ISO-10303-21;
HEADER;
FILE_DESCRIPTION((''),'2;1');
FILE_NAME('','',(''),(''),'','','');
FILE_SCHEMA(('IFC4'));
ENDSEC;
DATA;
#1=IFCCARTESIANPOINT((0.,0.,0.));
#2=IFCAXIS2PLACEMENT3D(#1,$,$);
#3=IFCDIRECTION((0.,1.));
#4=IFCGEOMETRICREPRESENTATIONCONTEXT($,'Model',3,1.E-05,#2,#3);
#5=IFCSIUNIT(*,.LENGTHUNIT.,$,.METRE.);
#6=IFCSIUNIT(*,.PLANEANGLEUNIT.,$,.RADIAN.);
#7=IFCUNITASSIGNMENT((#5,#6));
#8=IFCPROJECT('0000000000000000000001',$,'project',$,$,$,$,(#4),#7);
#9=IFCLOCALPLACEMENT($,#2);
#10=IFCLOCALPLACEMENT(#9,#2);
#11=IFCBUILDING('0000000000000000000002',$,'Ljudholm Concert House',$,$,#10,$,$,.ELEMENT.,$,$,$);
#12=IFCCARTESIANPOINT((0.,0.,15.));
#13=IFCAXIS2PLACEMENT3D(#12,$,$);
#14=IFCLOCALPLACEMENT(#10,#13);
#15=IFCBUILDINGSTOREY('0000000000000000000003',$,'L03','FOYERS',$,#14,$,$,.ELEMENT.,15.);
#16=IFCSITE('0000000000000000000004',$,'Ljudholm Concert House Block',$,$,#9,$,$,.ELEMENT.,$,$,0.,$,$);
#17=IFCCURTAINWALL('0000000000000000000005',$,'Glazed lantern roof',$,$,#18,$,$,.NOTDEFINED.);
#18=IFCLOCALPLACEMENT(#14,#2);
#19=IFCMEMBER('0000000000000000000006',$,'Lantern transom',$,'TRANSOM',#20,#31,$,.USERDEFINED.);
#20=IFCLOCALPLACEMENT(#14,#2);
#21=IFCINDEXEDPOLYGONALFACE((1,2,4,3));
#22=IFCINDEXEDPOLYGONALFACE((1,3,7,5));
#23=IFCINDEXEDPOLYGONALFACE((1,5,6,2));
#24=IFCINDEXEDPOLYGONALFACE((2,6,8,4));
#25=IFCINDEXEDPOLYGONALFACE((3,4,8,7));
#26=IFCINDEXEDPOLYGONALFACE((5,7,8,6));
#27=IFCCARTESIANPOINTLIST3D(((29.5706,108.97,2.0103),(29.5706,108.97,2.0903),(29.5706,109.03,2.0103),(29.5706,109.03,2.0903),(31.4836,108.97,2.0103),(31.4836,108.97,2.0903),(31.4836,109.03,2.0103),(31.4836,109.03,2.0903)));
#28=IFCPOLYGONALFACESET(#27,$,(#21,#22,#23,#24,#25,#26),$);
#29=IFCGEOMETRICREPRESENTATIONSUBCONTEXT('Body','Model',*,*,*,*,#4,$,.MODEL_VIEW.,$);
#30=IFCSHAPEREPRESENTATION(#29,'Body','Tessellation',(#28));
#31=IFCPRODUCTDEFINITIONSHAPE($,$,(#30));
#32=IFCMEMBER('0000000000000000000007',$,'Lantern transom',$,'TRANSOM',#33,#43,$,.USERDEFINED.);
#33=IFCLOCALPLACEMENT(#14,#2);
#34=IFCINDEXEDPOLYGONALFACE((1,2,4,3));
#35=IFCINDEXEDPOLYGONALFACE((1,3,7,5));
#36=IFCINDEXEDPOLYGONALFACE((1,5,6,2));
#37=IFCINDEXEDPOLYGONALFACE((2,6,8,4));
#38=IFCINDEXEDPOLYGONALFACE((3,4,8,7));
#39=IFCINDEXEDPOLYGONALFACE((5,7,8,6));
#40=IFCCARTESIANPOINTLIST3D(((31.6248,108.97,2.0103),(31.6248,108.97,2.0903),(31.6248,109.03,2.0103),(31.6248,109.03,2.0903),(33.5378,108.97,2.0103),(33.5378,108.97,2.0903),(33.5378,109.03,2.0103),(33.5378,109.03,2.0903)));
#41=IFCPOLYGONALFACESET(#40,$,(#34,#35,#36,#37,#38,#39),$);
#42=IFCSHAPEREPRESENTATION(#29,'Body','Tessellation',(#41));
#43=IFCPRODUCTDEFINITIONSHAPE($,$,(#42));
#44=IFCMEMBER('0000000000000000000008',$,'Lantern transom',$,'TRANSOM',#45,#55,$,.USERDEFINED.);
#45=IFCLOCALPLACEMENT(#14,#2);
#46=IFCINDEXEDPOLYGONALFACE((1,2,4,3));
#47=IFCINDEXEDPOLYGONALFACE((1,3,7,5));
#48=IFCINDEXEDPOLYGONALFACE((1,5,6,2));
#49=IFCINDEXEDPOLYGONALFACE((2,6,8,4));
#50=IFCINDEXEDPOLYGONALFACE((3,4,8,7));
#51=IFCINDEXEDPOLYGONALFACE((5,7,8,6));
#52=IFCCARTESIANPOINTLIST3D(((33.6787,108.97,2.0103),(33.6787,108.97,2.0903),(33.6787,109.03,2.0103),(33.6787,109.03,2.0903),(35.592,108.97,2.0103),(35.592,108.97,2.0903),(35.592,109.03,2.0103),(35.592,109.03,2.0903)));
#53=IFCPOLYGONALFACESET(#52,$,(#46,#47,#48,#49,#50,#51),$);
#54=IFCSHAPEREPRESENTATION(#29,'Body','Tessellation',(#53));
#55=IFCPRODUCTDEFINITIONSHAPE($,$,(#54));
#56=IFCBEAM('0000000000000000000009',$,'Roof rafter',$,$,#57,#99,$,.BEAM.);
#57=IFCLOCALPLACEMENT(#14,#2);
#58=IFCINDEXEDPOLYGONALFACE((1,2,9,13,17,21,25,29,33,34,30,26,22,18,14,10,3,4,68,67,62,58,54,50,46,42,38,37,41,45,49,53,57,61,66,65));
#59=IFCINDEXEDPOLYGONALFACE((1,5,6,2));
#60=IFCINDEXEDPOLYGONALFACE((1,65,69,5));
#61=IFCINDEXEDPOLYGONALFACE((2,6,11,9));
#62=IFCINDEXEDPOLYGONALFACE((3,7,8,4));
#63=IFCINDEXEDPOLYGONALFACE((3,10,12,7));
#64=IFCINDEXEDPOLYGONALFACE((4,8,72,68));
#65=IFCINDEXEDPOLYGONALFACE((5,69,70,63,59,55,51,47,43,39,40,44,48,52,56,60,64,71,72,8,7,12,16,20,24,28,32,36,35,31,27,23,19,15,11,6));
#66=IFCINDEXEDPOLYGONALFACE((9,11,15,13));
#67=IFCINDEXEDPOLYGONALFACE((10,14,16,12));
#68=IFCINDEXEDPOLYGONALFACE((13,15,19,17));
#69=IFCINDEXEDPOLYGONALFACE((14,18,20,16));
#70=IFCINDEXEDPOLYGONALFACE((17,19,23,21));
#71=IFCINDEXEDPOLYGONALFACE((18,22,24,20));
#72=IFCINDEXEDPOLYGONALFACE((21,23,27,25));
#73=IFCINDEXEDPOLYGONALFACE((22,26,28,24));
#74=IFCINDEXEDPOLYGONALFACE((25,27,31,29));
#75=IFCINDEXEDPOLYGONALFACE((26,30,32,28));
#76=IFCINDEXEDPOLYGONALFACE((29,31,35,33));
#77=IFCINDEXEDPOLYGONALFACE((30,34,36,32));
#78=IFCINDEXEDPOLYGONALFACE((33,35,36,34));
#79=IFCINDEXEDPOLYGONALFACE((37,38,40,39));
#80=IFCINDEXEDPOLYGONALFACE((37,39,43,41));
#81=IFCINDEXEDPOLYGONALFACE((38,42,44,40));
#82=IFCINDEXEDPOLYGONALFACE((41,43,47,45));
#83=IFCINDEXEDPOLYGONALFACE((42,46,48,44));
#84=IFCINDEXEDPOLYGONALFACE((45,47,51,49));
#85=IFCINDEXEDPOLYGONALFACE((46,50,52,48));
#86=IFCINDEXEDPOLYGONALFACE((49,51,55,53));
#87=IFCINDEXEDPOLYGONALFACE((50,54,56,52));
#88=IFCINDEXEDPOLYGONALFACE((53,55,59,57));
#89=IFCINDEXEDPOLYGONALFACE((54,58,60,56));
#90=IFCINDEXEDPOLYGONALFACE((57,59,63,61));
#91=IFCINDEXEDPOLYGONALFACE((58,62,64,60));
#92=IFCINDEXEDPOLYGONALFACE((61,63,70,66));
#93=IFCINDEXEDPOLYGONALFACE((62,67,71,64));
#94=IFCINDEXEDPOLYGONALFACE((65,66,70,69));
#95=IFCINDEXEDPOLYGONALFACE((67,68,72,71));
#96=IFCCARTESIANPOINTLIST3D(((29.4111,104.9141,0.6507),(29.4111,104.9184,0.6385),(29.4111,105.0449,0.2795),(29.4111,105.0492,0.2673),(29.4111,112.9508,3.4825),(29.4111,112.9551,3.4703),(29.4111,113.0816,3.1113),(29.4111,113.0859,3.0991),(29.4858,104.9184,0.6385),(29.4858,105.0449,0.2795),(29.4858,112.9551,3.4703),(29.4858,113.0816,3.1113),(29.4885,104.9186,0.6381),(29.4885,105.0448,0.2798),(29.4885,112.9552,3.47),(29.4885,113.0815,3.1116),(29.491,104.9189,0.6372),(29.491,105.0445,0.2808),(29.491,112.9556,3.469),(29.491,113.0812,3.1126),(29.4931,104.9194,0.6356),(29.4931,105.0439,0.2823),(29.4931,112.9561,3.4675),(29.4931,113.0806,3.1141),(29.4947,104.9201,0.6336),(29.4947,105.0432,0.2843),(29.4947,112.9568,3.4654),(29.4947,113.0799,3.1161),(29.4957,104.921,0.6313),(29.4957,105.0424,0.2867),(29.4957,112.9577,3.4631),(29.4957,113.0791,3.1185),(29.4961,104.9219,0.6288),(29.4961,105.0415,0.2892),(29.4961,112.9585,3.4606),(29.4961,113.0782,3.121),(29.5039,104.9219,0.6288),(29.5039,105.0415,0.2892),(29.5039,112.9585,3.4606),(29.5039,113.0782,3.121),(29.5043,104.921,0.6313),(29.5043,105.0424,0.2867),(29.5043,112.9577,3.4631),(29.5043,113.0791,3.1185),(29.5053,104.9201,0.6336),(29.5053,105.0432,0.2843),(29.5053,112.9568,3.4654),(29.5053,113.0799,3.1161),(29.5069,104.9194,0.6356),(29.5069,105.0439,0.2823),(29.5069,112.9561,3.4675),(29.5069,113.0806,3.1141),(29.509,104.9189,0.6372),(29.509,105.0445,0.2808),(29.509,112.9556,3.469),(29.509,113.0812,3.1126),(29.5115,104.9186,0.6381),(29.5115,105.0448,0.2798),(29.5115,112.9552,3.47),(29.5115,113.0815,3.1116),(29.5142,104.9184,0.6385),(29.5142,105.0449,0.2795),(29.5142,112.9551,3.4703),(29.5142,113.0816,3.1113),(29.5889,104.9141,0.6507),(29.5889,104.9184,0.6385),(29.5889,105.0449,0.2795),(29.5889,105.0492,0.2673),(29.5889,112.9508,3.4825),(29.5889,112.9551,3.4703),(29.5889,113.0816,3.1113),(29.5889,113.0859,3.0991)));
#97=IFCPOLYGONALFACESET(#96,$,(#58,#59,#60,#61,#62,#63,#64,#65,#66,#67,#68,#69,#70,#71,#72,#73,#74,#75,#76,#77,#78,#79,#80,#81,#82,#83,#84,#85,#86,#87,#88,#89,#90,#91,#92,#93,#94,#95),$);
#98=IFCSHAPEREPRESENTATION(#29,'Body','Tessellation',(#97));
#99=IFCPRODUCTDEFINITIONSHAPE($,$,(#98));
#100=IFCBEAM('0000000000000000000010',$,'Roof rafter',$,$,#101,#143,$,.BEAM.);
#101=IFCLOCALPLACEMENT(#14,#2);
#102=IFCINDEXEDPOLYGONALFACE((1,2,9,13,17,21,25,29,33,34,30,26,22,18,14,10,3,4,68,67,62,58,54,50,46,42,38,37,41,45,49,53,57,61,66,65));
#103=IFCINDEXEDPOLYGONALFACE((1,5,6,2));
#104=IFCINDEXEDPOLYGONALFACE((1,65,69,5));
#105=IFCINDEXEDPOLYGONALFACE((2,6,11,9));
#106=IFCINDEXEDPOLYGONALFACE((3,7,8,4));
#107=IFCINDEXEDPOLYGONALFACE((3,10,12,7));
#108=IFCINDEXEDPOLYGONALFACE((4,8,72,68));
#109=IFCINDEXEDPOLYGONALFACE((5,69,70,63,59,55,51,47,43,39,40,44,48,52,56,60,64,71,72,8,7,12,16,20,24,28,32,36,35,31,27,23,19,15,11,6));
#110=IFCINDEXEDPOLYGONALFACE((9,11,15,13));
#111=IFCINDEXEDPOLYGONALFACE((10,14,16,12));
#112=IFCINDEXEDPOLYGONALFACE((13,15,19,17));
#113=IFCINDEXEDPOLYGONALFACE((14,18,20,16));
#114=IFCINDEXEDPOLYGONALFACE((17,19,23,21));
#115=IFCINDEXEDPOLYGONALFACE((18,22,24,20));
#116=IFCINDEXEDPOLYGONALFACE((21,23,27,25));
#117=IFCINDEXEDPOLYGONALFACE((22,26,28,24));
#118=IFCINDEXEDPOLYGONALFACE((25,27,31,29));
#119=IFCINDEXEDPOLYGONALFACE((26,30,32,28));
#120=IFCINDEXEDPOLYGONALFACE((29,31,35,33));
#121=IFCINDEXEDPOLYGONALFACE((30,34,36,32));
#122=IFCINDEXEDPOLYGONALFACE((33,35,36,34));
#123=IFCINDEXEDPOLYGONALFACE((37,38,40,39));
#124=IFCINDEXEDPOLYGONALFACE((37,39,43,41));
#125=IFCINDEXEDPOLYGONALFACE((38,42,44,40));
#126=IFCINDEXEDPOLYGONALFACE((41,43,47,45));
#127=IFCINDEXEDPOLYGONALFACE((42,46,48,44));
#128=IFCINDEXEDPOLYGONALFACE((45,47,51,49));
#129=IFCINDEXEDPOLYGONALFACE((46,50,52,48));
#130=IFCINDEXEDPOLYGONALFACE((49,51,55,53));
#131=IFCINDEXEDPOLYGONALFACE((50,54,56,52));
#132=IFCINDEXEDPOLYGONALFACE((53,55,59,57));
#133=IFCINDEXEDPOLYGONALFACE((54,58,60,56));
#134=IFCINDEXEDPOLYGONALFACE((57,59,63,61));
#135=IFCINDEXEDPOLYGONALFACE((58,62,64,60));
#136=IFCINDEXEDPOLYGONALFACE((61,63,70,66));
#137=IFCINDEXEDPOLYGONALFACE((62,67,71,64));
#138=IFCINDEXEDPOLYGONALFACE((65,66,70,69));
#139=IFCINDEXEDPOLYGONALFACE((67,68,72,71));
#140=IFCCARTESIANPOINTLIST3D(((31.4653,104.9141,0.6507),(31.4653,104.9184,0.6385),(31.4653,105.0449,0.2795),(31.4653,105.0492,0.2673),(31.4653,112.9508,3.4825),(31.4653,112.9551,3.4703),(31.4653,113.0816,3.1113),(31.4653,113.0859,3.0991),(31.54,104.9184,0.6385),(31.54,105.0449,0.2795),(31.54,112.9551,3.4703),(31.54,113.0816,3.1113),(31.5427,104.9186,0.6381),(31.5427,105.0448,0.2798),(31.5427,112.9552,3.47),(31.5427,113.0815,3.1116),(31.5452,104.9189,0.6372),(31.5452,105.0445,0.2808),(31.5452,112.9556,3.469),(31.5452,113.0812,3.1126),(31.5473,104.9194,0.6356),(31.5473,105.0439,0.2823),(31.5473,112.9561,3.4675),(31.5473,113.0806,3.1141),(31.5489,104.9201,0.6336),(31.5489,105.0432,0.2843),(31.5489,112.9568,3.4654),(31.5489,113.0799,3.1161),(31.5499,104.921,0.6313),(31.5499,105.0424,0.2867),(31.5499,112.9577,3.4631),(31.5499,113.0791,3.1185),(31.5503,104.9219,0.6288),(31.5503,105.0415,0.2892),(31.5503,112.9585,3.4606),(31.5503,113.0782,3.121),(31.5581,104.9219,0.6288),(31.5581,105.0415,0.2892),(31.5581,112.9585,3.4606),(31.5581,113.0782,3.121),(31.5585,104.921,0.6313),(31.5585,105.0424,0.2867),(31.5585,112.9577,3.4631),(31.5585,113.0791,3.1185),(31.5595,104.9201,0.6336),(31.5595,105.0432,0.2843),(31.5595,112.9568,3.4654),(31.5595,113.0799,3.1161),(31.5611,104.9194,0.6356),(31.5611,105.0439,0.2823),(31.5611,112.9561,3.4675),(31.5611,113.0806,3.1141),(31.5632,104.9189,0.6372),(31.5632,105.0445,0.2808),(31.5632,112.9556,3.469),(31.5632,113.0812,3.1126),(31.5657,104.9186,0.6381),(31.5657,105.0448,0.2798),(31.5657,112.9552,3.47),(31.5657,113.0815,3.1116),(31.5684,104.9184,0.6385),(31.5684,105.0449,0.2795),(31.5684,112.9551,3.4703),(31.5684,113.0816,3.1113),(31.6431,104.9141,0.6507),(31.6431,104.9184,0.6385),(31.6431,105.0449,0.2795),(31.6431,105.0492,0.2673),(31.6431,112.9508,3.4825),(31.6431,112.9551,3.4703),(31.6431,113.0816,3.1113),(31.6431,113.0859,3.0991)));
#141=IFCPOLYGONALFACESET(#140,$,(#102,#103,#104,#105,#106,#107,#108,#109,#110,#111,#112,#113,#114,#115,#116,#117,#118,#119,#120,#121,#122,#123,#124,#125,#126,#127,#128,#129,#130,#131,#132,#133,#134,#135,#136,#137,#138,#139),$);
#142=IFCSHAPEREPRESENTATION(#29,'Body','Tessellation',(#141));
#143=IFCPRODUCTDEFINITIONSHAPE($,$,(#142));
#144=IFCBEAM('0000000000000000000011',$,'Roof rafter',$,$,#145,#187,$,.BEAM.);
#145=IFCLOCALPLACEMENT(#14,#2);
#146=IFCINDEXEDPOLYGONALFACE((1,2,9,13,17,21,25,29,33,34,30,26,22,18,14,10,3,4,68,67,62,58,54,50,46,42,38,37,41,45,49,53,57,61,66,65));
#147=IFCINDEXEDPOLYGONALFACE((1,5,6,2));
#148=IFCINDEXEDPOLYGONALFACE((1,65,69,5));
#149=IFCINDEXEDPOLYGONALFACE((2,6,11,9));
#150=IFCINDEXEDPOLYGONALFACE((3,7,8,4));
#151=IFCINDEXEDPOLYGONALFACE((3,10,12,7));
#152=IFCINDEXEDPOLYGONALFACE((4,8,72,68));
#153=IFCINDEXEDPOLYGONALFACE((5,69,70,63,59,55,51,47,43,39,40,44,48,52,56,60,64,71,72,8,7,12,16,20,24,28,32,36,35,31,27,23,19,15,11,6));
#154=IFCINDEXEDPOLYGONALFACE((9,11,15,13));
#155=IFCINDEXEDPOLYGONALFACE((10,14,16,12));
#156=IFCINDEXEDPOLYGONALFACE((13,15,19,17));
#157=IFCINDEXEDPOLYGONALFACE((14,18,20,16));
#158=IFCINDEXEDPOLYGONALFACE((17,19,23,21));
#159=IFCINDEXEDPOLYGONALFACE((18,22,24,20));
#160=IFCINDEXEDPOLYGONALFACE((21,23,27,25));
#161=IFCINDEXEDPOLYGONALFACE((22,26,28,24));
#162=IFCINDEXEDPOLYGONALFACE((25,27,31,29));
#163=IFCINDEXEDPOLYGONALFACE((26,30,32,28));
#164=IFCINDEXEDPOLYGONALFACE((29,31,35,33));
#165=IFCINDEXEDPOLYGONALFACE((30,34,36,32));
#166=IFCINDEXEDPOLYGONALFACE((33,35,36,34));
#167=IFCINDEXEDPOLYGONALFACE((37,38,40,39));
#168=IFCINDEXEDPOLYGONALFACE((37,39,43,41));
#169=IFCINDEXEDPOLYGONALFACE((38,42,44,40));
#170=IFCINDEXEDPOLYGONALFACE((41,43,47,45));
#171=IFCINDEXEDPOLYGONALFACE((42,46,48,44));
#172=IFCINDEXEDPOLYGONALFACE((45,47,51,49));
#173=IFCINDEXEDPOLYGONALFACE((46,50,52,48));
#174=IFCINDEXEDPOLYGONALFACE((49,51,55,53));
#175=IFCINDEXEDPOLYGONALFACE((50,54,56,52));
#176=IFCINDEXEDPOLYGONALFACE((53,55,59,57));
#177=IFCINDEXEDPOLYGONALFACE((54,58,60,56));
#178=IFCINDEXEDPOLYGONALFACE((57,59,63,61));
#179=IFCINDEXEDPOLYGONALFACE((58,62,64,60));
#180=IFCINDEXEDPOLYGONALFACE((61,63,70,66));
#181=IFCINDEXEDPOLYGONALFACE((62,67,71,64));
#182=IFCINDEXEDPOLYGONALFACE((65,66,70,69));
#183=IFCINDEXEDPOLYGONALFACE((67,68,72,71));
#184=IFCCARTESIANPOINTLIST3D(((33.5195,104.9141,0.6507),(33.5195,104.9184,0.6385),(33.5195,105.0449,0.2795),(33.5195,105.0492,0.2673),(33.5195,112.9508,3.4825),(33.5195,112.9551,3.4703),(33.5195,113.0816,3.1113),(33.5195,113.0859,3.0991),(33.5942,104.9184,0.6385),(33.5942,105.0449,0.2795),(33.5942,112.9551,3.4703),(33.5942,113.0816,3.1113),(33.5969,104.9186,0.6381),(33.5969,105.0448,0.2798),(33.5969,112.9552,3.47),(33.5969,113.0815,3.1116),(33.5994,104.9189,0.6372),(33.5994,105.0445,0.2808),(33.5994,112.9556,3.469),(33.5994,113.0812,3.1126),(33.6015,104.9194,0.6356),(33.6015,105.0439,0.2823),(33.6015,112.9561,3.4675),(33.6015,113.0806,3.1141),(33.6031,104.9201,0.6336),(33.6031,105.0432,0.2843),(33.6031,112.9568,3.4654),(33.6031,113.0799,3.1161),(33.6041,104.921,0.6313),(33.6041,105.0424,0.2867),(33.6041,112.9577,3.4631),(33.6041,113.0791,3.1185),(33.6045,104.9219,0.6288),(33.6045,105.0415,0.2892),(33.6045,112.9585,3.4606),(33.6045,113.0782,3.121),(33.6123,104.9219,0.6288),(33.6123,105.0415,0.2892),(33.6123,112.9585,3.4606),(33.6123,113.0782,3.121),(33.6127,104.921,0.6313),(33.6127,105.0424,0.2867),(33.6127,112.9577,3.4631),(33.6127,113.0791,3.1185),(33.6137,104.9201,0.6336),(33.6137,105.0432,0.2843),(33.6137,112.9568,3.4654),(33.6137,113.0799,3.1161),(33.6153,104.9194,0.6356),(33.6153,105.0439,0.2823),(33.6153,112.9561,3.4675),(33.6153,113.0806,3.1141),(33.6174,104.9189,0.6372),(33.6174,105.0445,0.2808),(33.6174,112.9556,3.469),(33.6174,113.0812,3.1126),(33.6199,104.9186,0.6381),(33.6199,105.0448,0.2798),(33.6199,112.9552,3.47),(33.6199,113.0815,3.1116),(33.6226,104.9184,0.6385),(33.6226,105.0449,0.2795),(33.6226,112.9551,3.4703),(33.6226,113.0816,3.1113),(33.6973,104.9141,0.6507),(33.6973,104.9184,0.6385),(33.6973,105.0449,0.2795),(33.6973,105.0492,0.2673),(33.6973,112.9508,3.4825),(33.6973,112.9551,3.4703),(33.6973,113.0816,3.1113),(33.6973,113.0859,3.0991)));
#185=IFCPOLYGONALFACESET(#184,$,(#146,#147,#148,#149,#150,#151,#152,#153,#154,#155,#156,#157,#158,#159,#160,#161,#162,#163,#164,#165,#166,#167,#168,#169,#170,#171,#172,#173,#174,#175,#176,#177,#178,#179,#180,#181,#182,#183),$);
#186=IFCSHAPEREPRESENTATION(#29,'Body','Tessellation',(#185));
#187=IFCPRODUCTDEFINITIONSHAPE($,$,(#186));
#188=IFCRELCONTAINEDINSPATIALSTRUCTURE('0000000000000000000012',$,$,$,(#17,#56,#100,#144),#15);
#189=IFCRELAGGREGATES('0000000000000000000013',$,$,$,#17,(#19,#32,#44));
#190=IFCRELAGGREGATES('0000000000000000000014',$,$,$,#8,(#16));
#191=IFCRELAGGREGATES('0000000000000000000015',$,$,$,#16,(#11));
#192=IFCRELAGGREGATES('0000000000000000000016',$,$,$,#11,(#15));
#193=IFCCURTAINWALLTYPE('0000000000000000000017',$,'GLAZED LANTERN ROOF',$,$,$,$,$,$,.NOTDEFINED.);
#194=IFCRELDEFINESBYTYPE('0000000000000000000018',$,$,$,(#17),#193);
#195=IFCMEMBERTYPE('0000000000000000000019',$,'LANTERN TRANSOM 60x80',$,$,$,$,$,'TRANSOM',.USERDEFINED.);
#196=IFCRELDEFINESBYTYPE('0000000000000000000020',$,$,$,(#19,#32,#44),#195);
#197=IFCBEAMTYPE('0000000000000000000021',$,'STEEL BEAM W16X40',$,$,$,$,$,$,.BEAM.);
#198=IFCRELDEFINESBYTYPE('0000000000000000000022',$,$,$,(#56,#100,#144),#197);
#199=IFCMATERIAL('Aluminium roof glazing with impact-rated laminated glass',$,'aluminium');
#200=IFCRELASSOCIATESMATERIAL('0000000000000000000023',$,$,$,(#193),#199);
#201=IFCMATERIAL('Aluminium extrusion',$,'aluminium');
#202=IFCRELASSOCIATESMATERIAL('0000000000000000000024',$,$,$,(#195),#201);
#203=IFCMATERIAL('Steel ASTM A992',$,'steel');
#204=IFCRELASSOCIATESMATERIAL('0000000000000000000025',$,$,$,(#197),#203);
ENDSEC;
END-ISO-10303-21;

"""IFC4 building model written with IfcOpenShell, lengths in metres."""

from ifc_helpers import new_model, si_unit, direction, frame, origin, origin_2d, place, context, subcontext, project, spatial, rectangle, i_section, extrude, material, material_profile, profile_set, type_object, element, aggregate, save


model = new_model("IFC4")

# Units and contexts
model_context = context("Model", 3, precision=1e-05, world=origin(), true_north=direction((0.0, 1.0)))
body_context = subcontext(model_context, "Body", "Model", "MODEL_VIEW")
ifc_project = project(units=[si_unit("LENGTHUNIT", "METRE"), si_unit("PLANEANGLEUNIT", "RADIAN")], contexts=[model_context])

# Site, building, storey
site_placement = place(None, origin())
site = spatial("IfcSite", under=ifc_project, at=site_placement, Name="Ljudholm Concert House Block", CompositionType="ELEMENT", RefElevation=0.0)
building_placement = place(site_placement, origin())
building = spatial("IfcBuilding", under=site, at=building_placement, Name="Ljudholm Concert House", CompositionType="ELEMENT")
storey_placement = place(building_placement, frame((0.0, 0.0, 15.0)))
storey = spatial("IfcBuildingStorey", under=building, at=storey_placement, Name="L03", Description="FOYERS", CompositionType="ELEMENT", Elevation=15.0)

# Curtain wall
ifc_material_1 = material(Name="Aluminium roof glazing with impact-rated laminated glass", Category="aluminium")
curtain_wall_type = type_object("IfcCurtainWallType", Name="GLAZED LANTERN ROOF", PredefinedType="NOTDEFINED", material=ifc_material_1)
curtain_wall_1_placement = place(storey_placement, origin())
curtain_wall_1 = element("IfcCurtainWall", 1, at=curtain_wall_1_placement, inside=storey, type_object=curtain_wall_type, Name="Glazed lantern roof", PredefinedType="NOTDEFINED")

# Members
ifc_material_2 = material(Name="Aluminium extrusion", Category="aluminium")
ifc_material_profile_1 = material_profile(ifc_material_2, rectangle(XDim=0.0601, YDim=0.0801, at=origin_2d()), Name="LANTERN TRANSOM 60x80")
ifc_profile_set_1 = profile_set([ifc_material_profile_1], Name="Aluminium extrusion")
member_type_1 = type_object("IfcMemberType", Name="LANTERN TRANSOM 60x80", ElementType="TRANSOM", PredefinedType="USERDEFINED", material=ifc_profile_set_1)
member_1_placement = place(storey_placement, frame((29.5706, 109.0, 2.0503), z_axis=(1.0, 0.0, 0.0), x_axis=(0.0, 1.0, 0.0)))
member_1 = element("IfcMember", 2, at=member_1_placement, type_object=member_type_1, Name="Lantern transom", ObjectType="TRANSOM", PredefinedType="USERDEFINED", context=body_context, shape_type="SweptSolid", body=[
    extrude(rectangle(XDim=0.0601, YDim=0.0801, at=origin_2d()), origin(), (0.0, 0.0, 1.0), 1.9131),
])
member_2_placement = place(storey_placement, frame((31.6248, 109.0, 2.0503), z_axis=(1.0, 0.0, 0.0), x_axis=(0.0, 1.0, 0.0)))
member_2 = element("IfcMember", 3, at=member_2_placement, type_object=member_type_1, Name="Lantern transom", ObjectType="TRANSOM", PredefinedType="USERDEFINED", context=body_context, shape_type="SweptSolid", body=[
    extrude(rectangle(XDim=0.0601, YDim=0.0801, at=origin_2d()), origin(), (0.0, 0.0, 1.0), 1.9131),
])
member_3_placement = place(storey_placement, frame((33.6787, 109.0, 2.0503), z_axis=(1.0, 0.0, 0.0), x_axis=(0.0, 1.0, 0.0)))
member_3 = element("IfcMember", 4, at=member_3_placement, type_object=member_type_1, Name="Lantern transom", ObjectType="TRANSOM", PredefinedType="USERDEFINED", context=body_context, shape_type="SweptSolid", body=[
    extrude(rectangle(XDim=0.0601, YDim=0.0801, at=origin_2d()), origin(), (0.0, 0.0, 1.0), 1.9133),
])

# Beams
ifc_material_3 = material(Name="Steel ASTM A992", Category="steel")
ifc_material_profile_2 = material_profile(ifc_material_3, i_section(OverallWidth=0.1777, OverallDepth=0.4065, WebThickness=0.0078, FlangeThickness=0.0129, FilletRadius=0.0103, at=origin_2d()), Name="W16X40")
ifc_profile_set_2 = profile_set([ifc_material_profile_2], Name="Steel ASTM A992")
beam_type_1 = type_object("IfcBeamType", Name="STEEL BEAM W16X40", PredefinedType="BEAM", material=ifc_profile_set_2)
for number, where, z_axis, x_axis, name in (
    (5, (29.5, 104.9817, 0.459), (0.0, 0.943162, 0.332333), (-1.0, 0.0, 0.0), "Roof rafter"),
    (6, (31.5542, 104.9817, 0.459), (0.0, 0.943162, 0.332333), (-1.0, 0.0, 0.0), "Roof rafter"),
    (7, (33.6084, 104.9817, 0.459), (0.0, 0.943162, 0.332333), (-1.0, 0.0, 0.0), "Roof rafter"),
):
    element("IfcBeam", number, at=place(storey_placement, frame(where, z_axis=z_axis, x_axis=x_axis)), inside=storey, type_object=beam_type_1, Name=name, PredefinedType="BEAM", context=body_context, shape_type="SweptSolid", body=[
        extrude(i_section(OverallWidth=0.1777, OverallDepth=0.4065, WebThickness=0.0078, FlangeThickness=0.0129, FilletRadius=0.0103, at=origin_2d()), origin(), (0.0, 0.0, 1.0), 8.521),
    ])

aggregate(curtain_wall_1, [member_1, member_2, member_3])

save(model, "model.ifc")
